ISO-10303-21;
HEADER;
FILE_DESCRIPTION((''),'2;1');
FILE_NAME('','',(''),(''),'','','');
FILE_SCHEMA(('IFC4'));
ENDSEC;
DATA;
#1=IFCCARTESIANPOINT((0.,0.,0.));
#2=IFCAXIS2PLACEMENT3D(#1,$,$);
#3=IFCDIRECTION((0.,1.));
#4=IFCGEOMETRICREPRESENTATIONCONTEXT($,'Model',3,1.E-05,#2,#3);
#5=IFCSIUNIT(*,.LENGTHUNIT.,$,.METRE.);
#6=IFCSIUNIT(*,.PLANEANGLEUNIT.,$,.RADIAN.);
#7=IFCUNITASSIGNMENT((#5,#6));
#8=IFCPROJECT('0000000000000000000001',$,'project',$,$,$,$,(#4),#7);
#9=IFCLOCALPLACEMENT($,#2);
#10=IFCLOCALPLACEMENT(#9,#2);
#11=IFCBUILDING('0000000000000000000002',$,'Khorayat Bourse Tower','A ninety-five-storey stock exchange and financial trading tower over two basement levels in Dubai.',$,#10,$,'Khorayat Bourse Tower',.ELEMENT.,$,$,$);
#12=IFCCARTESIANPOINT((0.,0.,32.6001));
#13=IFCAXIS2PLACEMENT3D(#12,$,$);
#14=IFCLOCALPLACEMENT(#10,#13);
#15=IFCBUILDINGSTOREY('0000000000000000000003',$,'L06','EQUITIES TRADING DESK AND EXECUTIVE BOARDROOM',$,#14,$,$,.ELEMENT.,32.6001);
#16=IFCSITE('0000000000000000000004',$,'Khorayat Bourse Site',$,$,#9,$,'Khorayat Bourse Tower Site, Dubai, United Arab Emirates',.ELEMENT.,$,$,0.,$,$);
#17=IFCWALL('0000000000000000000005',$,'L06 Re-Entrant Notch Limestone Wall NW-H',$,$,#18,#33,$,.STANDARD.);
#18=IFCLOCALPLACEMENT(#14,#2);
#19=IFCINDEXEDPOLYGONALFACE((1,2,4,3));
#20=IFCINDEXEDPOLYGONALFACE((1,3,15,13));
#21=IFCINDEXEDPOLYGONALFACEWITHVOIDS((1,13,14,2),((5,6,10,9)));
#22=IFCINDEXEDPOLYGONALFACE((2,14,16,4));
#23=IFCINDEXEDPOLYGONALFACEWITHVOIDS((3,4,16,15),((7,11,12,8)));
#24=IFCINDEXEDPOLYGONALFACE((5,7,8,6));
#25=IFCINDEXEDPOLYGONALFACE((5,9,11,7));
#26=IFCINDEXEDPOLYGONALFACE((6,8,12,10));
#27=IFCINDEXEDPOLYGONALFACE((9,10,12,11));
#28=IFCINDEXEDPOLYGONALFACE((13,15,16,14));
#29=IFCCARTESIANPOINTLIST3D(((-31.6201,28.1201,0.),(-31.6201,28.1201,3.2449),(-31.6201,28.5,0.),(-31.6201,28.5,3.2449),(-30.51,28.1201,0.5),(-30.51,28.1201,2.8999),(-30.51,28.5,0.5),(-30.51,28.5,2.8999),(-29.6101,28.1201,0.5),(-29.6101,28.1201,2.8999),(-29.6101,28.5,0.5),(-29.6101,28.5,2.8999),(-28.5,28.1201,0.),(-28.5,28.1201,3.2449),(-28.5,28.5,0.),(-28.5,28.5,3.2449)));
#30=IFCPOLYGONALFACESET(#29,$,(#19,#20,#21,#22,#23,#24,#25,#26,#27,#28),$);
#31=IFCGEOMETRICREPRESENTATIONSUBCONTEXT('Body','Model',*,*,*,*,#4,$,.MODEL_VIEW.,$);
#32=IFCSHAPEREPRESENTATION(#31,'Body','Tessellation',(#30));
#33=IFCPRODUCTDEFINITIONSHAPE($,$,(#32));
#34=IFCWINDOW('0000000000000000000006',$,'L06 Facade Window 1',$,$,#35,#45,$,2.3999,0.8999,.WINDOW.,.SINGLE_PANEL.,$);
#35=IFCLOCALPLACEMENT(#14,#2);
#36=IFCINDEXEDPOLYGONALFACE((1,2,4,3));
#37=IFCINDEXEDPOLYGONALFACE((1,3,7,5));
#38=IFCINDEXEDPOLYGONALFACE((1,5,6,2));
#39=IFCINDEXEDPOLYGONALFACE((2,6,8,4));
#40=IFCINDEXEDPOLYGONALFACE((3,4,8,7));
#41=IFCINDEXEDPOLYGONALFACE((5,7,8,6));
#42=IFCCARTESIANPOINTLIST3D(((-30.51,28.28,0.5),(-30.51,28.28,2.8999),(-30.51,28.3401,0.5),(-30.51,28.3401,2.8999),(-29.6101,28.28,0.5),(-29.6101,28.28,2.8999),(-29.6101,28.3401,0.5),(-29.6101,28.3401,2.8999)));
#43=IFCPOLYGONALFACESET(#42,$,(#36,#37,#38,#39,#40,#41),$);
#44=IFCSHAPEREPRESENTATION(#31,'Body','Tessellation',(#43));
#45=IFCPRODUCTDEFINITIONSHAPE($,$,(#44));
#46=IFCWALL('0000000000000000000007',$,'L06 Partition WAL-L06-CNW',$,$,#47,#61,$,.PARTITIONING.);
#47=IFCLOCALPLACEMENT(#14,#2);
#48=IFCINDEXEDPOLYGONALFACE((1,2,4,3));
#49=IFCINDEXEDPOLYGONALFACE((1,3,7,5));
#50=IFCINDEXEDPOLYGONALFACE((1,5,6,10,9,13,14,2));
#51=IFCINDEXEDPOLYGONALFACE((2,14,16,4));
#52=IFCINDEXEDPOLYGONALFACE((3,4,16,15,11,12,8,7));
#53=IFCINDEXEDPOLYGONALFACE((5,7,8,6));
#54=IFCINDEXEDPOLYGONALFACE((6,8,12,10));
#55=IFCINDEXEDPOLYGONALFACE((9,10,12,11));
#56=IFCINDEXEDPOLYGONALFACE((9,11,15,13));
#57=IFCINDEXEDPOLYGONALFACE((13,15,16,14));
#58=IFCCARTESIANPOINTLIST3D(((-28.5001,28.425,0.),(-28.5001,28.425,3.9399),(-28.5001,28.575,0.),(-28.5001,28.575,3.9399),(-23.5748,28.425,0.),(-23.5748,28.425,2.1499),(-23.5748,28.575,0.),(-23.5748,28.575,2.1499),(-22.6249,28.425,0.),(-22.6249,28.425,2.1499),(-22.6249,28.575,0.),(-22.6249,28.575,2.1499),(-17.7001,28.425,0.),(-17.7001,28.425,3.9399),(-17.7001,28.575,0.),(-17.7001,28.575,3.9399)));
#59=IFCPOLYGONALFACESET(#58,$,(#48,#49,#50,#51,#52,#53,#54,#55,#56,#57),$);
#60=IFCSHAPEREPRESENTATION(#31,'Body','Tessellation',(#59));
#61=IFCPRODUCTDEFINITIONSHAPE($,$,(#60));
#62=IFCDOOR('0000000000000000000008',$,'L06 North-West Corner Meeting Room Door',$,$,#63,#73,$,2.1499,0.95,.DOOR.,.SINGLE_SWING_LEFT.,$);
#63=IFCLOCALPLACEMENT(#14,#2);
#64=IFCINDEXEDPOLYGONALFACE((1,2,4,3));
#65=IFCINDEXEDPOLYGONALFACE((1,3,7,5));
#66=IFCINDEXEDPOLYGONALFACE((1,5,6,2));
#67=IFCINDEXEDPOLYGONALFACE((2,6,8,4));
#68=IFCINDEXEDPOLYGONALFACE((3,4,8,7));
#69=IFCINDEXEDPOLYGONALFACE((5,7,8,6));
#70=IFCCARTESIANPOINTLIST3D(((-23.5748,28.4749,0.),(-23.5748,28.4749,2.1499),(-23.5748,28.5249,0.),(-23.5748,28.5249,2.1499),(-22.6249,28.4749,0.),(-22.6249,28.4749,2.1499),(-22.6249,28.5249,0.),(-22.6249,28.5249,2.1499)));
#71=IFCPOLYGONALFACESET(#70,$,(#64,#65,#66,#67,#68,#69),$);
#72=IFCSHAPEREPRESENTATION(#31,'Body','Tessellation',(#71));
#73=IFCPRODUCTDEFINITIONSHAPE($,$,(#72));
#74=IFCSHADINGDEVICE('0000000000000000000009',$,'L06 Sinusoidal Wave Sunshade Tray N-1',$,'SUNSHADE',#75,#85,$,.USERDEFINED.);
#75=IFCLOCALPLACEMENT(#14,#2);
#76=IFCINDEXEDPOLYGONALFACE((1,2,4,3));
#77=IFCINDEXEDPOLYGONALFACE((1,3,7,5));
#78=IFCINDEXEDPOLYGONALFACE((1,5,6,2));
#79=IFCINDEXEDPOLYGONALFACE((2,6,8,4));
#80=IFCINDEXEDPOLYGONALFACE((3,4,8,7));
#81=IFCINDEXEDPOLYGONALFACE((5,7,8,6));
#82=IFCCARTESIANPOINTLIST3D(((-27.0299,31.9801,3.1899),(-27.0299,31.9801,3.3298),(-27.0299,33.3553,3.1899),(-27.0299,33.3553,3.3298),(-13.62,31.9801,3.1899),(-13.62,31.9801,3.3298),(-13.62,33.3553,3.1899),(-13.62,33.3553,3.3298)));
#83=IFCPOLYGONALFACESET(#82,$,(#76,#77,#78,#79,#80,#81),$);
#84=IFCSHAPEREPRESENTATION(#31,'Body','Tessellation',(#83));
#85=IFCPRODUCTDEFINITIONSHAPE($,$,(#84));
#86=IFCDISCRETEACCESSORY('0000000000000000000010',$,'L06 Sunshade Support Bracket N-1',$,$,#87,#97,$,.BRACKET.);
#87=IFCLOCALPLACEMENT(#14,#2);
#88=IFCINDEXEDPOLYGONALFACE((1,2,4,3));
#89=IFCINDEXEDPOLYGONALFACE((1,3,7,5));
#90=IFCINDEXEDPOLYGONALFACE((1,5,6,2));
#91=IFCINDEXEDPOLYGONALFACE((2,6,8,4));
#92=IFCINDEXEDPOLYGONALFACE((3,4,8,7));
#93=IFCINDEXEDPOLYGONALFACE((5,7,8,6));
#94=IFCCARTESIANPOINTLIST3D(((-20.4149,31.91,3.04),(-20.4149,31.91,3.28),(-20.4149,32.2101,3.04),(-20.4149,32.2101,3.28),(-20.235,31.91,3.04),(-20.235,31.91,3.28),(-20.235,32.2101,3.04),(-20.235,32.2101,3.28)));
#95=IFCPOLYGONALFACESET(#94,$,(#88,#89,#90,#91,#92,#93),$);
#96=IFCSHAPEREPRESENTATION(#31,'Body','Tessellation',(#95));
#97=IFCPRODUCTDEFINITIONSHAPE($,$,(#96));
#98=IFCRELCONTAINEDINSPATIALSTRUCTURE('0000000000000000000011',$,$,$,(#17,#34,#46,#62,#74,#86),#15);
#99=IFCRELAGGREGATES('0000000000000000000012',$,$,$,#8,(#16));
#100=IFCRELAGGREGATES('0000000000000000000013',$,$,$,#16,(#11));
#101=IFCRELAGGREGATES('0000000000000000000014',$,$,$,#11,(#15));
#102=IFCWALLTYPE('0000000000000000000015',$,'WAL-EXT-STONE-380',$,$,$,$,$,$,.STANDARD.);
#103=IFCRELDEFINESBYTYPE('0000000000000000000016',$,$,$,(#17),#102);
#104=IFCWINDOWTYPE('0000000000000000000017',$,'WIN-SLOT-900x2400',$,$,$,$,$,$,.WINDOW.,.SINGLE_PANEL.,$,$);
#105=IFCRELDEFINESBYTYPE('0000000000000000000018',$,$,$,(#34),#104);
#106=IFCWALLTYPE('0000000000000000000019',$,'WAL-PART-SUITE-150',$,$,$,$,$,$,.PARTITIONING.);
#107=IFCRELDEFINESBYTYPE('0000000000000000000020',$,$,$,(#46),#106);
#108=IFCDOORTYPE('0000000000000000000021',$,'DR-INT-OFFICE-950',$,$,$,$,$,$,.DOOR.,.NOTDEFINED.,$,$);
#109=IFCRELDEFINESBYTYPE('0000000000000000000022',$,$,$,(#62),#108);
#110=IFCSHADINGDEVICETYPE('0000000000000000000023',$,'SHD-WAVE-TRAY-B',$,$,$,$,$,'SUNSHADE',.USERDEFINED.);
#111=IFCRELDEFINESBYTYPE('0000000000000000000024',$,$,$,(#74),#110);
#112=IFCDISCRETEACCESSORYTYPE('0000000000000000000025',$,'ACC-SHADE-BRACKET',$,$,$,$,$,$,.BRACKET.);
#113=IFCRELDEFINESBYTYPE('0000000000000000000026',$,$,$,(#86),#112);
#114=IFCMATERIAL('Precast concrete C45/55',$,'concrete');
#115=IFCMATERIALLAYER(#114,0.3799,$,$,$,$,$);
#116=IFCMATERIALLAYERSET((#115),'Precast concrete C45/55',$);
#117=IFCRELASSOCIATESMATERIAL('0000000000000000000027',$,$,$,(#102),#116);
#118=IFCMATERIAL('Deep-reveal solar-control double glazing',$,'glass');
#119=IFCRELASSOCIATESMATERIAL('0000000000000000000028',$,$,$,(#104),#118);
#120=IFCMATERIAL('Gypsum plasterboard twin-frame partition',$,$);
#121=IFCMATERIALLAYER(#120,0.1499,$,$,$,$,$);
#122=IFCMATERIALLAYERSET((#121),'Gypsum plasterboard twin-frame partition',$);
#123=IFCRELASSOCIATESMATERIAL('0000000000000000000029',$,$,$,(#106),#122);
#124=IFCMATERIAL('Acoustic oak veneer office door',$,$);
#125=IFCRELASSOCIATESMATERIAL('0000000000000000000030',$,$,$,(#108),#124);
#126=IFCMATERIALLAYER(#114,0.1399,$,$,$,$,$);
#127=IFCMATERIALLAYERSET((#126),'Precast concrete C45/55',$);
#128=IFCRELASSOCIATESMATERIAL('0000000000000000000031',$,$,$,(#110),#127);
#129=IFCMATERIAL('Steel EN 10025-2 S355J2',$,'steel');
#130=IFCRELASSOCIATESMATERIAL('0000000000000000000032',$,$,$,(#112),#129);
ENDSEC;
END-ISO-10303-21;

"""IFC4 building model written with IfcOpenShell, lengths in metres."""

from ifc_helpers import new_model, si_unit, direction, frame, frame_2d, origin, origin_2d, place, context, subcontext, project, spatial, rectangle, extrude, source, transform, mapped, material, layer, layer_set, type_object, element, fill, save


model = new_model("IFC4")

# Units and contexts
model_context = context("Model", 3, precision=1e-05, world=origin(), true_north=direction((0.0, 1.0)))
body_context = subcontext(model_context, "Body", "Model", "MODEL_VIEW")
ifc_project = project(units=[si_unit("LENGTHUNIT", "METRE"), si_unit("PLANEANGLEUNIT", "RADIAN")], contexts=[model_context])

# Site, building, storey
site_placement = place(None, origin())
site = spatial("IfcSite", under=ifc_project, at=site_placement, Name="Khorayat Bourse Site", LongName="Khorayat Bourse Tower Site, Dubai, United Arab Emirates", CompositionType="ELEMENT", RefElevation=0.0)
building_placement = place(site_placement, origin())
building = spatial("IfcBuilding", under=site, at=building_placement, Name="Khorayat Bourse Tower", Description="A ninety-five-storey stock exchange and financial trading tower over two basement levels in Dubai.", LongName="Khorayat Bourse Tower", CompositionType="ELEMENT")
storey_placement = place(building_placement, frame((0.0, 0.0, 32.6001)))
storey = spatial("IfcBuildingStorey", under=building, at=storey_placement, Name="L06", Description="EQUITIES TRADING DESK AND EXECUTIVE BOARDROOM", CompositionType="ELEMENT", Elevation=32.6001)

# Wall, opening, window
ifc_material_1 = material(Name="Precast concrete C45/55", Category="concrete")
ifc_layer_1 = layer(ifc_material_1, 0.3799)
ifc_layer_set_1 = layer_set([ifc_layer_1], Name="Precast concrete C45/55")
wall_type_1 = type_object("IfcWallType", Name="WAL-EXT-STONE-380", PredefinedType="STANDARD", material=ifc_layer_set_1)
shared_shape_1 = source(origin(), body_context, "Body", "SweptSolid", [
    extrude(rectangle(XDim=3.1201, YDim=0.3799, at=frame_2d((1.5601, 0.0))), origin(), (0.0, 0.0, 1.0), 3.2449),
])
shared_shape_2 = source(origin(), body_context, "Body", "SweptSolid", [
    extrude(rectangle(XDim=0.8999, YDim=2.3999, at=frame_2d((0.45, 1.2))), frame((0.0, 0.2, 0.0), z_axis=(0.0, -1.0, 0.0), x_axis=(1.0, 0.0, 0.0)), (0.0, 0.0, 1.0), 0.3999),
])
ifc_material_2 = material(Name="Deep-reveal solar-control double glazing", Category="glass")
window_type = type_object("IfcWindowType", Name="WIN-SLOT-900x2400", PartitioningType="SINGLE_PANEL", PredefinedType="WINDOW", material=ifc_material_2)
shared_shape_3 = source(origin(), body_context, "Body", "SweptSolid", [
    extrude(rectangle(XDim=0.8999, YDim=2.3999, at=frame_2d((0.45, 1.2))), frame((0.0, 0.03, 0.0), z_axis=(0.0, -1.0, 0.0), x_axis=(1.0, 0.0, 0.0)), (0.0, 0.0, 1.0), 0.0601),
])
wall_1_placement = place(storey_placement, frame((-28.5, 28.3101, 0.0), z_axis=(0.0, 0.0, 1.0), x_axis=(-1.0, 0.0, 0.0)))
wall_1 = element("IfcWall", 1, at=wall_1_placement, inside=storey, type_object=wall_type_1, Name="L06 Re-Entrant Notch Limestone Wall NW-H", PredefinedType="STANDARD", context=body_context, shape_type="MappedRepresentation", body=[
    mapped(shared_shape_1, transform((0.0, 0.0, 0.0), scale=1.0)),
])
opening_1_placement = place(wall_1_placement, frame((1.1101, 0.0, 0.5)))
opening_1 = element("IfcOpeningElement", 2, at=opening_1_placement, cuts=wall_1, PredefinedType="OPENING", context=body_context, shape_type="MappedRepresentation", body=[
    mapped(shared_shape_2, transform((0.0, 0.0, 0.0), scale=1.0)),
])
window_1_placement = place(opening_1_placement, origin())
window_1 = element("IfcWindow", 3, at=window_1_placement, inside=storey, type_object=window_type, Name="L06 Facade Window 1", OverallHeight=2.3999, OverallWidth=0.8999, PartitioningType="SINGLE_PANEL", PredefinedType="WINDOW", context=body_context, shape_type="MappedRepresentation", body=[
    mapped(shared_shape_3, transform((0.0, 0.0, 0.0), scale=1.0)),
])
fill(opening_1, window_1)

# Wall, opening, door
ifc_material_3 = material(Name="Gypsum plasterboard twin-frame partition")
ifc_layer_2 = layer(ifc_material_3, 0.1499)
ifc_layer_set_2 = layer_set([ifc_layer_2], Name="Gypsum plasterboard twin-frame partition")
wall_type_2 = type_object("IfcWallType", Name="WAL-PART-SUITE-150", PredefinedType="PARTITIONING", material=ifc_layer_set_2)
shared_shape_4 = source(origin(), body_context, "Body", "SweptSolid", [
    extrude(rectangle(XDim=10.8, YDim=0.1499, at=frame_2d((5.3999, 0.0))), origin(), (0.0, 0.0, 1.0), 3.9399),
])
wall_2_placement = place(storey_placement, frame((-28.5, 28.5, 0.0), z_axis=(0.0, 0.0, 1.0), x_axis=(1.0, 0.0, 0.0)))
wall_2 = element("IfcWall", 4, at=wall_2_placement, inside=storey, type_object=wall_type_2, Name="L06 Partition WAL-L06-CNW", PredefinedType="PARTITIONING", context=body_context, shape_type="MappedRepresentation", body=[
    mapped(shared_shape_4, transform((0.0, 0.0, 0.0), scale=1.0)),
])
shared_shape_5 = source(origin(), body_context, "Body", "SweptSolid", [
    extrude(rectangle(XDim=0.95, YDim=2.1499, at=frame_2d((0.4751, 1.075))), frame((0.0, 0.085, 0.0), z_axis=(0.0, -1.0, 0.0), x_axis=(1.0, 0.0, 0.0)), (0.0, 0.0, 1.0), 0.1699),
])
opening_2_placement = place(wall_2_placement, frame((4.925, 0.0, 0.0)))
opening_2 = element("IfcOpeningElement", 5, at=opening_2_placement, cuts=wall_2, PredefinedType="OPENING", context=body_context, shape_type="MappedRepresentation", body=[
    mapped(shared_shape_5, transform((0.0, 0.0, 0.0), scale=1.0)),
])
ifc_material_4 = material(Name="Acoustic oak veneer office door")
door_type = type_object("IfcDoorType", Name="DR-INT-OFFICE-950", OperationType="NOTDEFINED", PredefinedType="DOOR", material=ifc_material_4)
shared_shape_6 = source(origin(), body_context, "Body", "SweptSolid", [
    extrude(rectangle(XDim=0.95, YDim=2.1499, at=frame_2d((0.4751, 1.075))), frame((0.0, 0.0249, 0.0), z_axis=(0.0, -1.0, 0.0), x_axis=(1.0, 0.0, 0.0)), (0.0, 0.0, 1.0), 0.05),
])
door_placement = place(opening_2_placement, origin())
door = element("IfcDoor", 6, at=door_placement, inside=storey, type_object=door_type, Name="L06 North-West Corner Meeting Room Door", OperationType="SINGLE_SWING_LEFT", OverallHeight=2.1499, OverallWidth=0.95, PredefinedType="DOOR", context=body_context, shape_type="MappedRepresentation", body=[
    mapped(shared_shape_6, transform((0.0, 0.0, 0.0), scale=1.0)),
])
fill(opening_2, door)

# Shading device
ifc_layer_3 = layer(ifc_material_1, 0.1399)
ifc_layer_set_3 = layer_set([ifc_layer_3], Name="Precast concrete C45/55")
shading_device_type = type_object("IfcShadingDeviceType", Name="SHD-WAVE-TRAY-B", ElementType="SUNSHADE", PredefinedType="USERDEFINED", material=ifc_layer_set_3)
shared_shape_7 = source(origin(), body_context, "Body", "SweptSolid", [
    extrude(rectangle(XDim=13.4099, YDim=1.3752, at=origin_2d()), origin(), (0.0, 0.0, 1.0), 0.1399),
])
shading_device_placement = place(storey_placement, frame((-20.325, 32.6677, 3.1899), z_axis=(0.0, 0.0, 1.0), x_axis=(1.0, 0.0, 0.0)))
element("IfcShadingDevice", 7, at=shading_device_placement, inside=storey, type_object=shading_device_type, Name="L06 Sinusoidal Wave Sunshade Tray N-1", ObjectType="SUNSHADE", PredefinedType="USERDEFINED", context=body_context, shape_type="MappedRepresentation", body=[
    mapped(shared_shape_7, transform((0.0, 0.0, 0.0), scale=1.0)),
])

# Discrete accessory
ifc_material_5 = material(Name="Steel EN 10025-2 S355J2", Category="steel")
discrete_accessory_type = type_object("IfcDiscreteAccessoryType", Name="ACC-SHADE-BRACKET", PredefinedType="BRACKET", material=ifc_material_5)
shared_shape_8 = source(origin(), body_context, "Body", "SweptSolid", [
    extrude(rectangle(XDim=0.1799, YDim=0.3, at=origin_2d()), origin(), (0.0, 0.0, 1.0), 0.24),
])
discrete_accessory_placement = place(storey_placement, frame((-20.325, 32.0601, 3.04), z_axis=(0.0, 0.0, 1.0), x_axis=(1.0, 0.0, 0.0)))
element("IfcDiscreteAccessory", 8, at=discrete_accessory_placement, inside=storey, type_object=discrete_accessory_type, Name="L06 Sunshade Support Bracket N-1", PredefinedType="BRACKET", context=body_context, shape_type="MappedRepresentation", body=[
    mapped(shared_shape_8, transform((0.0, 0.0, 0.0), scale=1.0)),
])

save(model, "model.ifc")
